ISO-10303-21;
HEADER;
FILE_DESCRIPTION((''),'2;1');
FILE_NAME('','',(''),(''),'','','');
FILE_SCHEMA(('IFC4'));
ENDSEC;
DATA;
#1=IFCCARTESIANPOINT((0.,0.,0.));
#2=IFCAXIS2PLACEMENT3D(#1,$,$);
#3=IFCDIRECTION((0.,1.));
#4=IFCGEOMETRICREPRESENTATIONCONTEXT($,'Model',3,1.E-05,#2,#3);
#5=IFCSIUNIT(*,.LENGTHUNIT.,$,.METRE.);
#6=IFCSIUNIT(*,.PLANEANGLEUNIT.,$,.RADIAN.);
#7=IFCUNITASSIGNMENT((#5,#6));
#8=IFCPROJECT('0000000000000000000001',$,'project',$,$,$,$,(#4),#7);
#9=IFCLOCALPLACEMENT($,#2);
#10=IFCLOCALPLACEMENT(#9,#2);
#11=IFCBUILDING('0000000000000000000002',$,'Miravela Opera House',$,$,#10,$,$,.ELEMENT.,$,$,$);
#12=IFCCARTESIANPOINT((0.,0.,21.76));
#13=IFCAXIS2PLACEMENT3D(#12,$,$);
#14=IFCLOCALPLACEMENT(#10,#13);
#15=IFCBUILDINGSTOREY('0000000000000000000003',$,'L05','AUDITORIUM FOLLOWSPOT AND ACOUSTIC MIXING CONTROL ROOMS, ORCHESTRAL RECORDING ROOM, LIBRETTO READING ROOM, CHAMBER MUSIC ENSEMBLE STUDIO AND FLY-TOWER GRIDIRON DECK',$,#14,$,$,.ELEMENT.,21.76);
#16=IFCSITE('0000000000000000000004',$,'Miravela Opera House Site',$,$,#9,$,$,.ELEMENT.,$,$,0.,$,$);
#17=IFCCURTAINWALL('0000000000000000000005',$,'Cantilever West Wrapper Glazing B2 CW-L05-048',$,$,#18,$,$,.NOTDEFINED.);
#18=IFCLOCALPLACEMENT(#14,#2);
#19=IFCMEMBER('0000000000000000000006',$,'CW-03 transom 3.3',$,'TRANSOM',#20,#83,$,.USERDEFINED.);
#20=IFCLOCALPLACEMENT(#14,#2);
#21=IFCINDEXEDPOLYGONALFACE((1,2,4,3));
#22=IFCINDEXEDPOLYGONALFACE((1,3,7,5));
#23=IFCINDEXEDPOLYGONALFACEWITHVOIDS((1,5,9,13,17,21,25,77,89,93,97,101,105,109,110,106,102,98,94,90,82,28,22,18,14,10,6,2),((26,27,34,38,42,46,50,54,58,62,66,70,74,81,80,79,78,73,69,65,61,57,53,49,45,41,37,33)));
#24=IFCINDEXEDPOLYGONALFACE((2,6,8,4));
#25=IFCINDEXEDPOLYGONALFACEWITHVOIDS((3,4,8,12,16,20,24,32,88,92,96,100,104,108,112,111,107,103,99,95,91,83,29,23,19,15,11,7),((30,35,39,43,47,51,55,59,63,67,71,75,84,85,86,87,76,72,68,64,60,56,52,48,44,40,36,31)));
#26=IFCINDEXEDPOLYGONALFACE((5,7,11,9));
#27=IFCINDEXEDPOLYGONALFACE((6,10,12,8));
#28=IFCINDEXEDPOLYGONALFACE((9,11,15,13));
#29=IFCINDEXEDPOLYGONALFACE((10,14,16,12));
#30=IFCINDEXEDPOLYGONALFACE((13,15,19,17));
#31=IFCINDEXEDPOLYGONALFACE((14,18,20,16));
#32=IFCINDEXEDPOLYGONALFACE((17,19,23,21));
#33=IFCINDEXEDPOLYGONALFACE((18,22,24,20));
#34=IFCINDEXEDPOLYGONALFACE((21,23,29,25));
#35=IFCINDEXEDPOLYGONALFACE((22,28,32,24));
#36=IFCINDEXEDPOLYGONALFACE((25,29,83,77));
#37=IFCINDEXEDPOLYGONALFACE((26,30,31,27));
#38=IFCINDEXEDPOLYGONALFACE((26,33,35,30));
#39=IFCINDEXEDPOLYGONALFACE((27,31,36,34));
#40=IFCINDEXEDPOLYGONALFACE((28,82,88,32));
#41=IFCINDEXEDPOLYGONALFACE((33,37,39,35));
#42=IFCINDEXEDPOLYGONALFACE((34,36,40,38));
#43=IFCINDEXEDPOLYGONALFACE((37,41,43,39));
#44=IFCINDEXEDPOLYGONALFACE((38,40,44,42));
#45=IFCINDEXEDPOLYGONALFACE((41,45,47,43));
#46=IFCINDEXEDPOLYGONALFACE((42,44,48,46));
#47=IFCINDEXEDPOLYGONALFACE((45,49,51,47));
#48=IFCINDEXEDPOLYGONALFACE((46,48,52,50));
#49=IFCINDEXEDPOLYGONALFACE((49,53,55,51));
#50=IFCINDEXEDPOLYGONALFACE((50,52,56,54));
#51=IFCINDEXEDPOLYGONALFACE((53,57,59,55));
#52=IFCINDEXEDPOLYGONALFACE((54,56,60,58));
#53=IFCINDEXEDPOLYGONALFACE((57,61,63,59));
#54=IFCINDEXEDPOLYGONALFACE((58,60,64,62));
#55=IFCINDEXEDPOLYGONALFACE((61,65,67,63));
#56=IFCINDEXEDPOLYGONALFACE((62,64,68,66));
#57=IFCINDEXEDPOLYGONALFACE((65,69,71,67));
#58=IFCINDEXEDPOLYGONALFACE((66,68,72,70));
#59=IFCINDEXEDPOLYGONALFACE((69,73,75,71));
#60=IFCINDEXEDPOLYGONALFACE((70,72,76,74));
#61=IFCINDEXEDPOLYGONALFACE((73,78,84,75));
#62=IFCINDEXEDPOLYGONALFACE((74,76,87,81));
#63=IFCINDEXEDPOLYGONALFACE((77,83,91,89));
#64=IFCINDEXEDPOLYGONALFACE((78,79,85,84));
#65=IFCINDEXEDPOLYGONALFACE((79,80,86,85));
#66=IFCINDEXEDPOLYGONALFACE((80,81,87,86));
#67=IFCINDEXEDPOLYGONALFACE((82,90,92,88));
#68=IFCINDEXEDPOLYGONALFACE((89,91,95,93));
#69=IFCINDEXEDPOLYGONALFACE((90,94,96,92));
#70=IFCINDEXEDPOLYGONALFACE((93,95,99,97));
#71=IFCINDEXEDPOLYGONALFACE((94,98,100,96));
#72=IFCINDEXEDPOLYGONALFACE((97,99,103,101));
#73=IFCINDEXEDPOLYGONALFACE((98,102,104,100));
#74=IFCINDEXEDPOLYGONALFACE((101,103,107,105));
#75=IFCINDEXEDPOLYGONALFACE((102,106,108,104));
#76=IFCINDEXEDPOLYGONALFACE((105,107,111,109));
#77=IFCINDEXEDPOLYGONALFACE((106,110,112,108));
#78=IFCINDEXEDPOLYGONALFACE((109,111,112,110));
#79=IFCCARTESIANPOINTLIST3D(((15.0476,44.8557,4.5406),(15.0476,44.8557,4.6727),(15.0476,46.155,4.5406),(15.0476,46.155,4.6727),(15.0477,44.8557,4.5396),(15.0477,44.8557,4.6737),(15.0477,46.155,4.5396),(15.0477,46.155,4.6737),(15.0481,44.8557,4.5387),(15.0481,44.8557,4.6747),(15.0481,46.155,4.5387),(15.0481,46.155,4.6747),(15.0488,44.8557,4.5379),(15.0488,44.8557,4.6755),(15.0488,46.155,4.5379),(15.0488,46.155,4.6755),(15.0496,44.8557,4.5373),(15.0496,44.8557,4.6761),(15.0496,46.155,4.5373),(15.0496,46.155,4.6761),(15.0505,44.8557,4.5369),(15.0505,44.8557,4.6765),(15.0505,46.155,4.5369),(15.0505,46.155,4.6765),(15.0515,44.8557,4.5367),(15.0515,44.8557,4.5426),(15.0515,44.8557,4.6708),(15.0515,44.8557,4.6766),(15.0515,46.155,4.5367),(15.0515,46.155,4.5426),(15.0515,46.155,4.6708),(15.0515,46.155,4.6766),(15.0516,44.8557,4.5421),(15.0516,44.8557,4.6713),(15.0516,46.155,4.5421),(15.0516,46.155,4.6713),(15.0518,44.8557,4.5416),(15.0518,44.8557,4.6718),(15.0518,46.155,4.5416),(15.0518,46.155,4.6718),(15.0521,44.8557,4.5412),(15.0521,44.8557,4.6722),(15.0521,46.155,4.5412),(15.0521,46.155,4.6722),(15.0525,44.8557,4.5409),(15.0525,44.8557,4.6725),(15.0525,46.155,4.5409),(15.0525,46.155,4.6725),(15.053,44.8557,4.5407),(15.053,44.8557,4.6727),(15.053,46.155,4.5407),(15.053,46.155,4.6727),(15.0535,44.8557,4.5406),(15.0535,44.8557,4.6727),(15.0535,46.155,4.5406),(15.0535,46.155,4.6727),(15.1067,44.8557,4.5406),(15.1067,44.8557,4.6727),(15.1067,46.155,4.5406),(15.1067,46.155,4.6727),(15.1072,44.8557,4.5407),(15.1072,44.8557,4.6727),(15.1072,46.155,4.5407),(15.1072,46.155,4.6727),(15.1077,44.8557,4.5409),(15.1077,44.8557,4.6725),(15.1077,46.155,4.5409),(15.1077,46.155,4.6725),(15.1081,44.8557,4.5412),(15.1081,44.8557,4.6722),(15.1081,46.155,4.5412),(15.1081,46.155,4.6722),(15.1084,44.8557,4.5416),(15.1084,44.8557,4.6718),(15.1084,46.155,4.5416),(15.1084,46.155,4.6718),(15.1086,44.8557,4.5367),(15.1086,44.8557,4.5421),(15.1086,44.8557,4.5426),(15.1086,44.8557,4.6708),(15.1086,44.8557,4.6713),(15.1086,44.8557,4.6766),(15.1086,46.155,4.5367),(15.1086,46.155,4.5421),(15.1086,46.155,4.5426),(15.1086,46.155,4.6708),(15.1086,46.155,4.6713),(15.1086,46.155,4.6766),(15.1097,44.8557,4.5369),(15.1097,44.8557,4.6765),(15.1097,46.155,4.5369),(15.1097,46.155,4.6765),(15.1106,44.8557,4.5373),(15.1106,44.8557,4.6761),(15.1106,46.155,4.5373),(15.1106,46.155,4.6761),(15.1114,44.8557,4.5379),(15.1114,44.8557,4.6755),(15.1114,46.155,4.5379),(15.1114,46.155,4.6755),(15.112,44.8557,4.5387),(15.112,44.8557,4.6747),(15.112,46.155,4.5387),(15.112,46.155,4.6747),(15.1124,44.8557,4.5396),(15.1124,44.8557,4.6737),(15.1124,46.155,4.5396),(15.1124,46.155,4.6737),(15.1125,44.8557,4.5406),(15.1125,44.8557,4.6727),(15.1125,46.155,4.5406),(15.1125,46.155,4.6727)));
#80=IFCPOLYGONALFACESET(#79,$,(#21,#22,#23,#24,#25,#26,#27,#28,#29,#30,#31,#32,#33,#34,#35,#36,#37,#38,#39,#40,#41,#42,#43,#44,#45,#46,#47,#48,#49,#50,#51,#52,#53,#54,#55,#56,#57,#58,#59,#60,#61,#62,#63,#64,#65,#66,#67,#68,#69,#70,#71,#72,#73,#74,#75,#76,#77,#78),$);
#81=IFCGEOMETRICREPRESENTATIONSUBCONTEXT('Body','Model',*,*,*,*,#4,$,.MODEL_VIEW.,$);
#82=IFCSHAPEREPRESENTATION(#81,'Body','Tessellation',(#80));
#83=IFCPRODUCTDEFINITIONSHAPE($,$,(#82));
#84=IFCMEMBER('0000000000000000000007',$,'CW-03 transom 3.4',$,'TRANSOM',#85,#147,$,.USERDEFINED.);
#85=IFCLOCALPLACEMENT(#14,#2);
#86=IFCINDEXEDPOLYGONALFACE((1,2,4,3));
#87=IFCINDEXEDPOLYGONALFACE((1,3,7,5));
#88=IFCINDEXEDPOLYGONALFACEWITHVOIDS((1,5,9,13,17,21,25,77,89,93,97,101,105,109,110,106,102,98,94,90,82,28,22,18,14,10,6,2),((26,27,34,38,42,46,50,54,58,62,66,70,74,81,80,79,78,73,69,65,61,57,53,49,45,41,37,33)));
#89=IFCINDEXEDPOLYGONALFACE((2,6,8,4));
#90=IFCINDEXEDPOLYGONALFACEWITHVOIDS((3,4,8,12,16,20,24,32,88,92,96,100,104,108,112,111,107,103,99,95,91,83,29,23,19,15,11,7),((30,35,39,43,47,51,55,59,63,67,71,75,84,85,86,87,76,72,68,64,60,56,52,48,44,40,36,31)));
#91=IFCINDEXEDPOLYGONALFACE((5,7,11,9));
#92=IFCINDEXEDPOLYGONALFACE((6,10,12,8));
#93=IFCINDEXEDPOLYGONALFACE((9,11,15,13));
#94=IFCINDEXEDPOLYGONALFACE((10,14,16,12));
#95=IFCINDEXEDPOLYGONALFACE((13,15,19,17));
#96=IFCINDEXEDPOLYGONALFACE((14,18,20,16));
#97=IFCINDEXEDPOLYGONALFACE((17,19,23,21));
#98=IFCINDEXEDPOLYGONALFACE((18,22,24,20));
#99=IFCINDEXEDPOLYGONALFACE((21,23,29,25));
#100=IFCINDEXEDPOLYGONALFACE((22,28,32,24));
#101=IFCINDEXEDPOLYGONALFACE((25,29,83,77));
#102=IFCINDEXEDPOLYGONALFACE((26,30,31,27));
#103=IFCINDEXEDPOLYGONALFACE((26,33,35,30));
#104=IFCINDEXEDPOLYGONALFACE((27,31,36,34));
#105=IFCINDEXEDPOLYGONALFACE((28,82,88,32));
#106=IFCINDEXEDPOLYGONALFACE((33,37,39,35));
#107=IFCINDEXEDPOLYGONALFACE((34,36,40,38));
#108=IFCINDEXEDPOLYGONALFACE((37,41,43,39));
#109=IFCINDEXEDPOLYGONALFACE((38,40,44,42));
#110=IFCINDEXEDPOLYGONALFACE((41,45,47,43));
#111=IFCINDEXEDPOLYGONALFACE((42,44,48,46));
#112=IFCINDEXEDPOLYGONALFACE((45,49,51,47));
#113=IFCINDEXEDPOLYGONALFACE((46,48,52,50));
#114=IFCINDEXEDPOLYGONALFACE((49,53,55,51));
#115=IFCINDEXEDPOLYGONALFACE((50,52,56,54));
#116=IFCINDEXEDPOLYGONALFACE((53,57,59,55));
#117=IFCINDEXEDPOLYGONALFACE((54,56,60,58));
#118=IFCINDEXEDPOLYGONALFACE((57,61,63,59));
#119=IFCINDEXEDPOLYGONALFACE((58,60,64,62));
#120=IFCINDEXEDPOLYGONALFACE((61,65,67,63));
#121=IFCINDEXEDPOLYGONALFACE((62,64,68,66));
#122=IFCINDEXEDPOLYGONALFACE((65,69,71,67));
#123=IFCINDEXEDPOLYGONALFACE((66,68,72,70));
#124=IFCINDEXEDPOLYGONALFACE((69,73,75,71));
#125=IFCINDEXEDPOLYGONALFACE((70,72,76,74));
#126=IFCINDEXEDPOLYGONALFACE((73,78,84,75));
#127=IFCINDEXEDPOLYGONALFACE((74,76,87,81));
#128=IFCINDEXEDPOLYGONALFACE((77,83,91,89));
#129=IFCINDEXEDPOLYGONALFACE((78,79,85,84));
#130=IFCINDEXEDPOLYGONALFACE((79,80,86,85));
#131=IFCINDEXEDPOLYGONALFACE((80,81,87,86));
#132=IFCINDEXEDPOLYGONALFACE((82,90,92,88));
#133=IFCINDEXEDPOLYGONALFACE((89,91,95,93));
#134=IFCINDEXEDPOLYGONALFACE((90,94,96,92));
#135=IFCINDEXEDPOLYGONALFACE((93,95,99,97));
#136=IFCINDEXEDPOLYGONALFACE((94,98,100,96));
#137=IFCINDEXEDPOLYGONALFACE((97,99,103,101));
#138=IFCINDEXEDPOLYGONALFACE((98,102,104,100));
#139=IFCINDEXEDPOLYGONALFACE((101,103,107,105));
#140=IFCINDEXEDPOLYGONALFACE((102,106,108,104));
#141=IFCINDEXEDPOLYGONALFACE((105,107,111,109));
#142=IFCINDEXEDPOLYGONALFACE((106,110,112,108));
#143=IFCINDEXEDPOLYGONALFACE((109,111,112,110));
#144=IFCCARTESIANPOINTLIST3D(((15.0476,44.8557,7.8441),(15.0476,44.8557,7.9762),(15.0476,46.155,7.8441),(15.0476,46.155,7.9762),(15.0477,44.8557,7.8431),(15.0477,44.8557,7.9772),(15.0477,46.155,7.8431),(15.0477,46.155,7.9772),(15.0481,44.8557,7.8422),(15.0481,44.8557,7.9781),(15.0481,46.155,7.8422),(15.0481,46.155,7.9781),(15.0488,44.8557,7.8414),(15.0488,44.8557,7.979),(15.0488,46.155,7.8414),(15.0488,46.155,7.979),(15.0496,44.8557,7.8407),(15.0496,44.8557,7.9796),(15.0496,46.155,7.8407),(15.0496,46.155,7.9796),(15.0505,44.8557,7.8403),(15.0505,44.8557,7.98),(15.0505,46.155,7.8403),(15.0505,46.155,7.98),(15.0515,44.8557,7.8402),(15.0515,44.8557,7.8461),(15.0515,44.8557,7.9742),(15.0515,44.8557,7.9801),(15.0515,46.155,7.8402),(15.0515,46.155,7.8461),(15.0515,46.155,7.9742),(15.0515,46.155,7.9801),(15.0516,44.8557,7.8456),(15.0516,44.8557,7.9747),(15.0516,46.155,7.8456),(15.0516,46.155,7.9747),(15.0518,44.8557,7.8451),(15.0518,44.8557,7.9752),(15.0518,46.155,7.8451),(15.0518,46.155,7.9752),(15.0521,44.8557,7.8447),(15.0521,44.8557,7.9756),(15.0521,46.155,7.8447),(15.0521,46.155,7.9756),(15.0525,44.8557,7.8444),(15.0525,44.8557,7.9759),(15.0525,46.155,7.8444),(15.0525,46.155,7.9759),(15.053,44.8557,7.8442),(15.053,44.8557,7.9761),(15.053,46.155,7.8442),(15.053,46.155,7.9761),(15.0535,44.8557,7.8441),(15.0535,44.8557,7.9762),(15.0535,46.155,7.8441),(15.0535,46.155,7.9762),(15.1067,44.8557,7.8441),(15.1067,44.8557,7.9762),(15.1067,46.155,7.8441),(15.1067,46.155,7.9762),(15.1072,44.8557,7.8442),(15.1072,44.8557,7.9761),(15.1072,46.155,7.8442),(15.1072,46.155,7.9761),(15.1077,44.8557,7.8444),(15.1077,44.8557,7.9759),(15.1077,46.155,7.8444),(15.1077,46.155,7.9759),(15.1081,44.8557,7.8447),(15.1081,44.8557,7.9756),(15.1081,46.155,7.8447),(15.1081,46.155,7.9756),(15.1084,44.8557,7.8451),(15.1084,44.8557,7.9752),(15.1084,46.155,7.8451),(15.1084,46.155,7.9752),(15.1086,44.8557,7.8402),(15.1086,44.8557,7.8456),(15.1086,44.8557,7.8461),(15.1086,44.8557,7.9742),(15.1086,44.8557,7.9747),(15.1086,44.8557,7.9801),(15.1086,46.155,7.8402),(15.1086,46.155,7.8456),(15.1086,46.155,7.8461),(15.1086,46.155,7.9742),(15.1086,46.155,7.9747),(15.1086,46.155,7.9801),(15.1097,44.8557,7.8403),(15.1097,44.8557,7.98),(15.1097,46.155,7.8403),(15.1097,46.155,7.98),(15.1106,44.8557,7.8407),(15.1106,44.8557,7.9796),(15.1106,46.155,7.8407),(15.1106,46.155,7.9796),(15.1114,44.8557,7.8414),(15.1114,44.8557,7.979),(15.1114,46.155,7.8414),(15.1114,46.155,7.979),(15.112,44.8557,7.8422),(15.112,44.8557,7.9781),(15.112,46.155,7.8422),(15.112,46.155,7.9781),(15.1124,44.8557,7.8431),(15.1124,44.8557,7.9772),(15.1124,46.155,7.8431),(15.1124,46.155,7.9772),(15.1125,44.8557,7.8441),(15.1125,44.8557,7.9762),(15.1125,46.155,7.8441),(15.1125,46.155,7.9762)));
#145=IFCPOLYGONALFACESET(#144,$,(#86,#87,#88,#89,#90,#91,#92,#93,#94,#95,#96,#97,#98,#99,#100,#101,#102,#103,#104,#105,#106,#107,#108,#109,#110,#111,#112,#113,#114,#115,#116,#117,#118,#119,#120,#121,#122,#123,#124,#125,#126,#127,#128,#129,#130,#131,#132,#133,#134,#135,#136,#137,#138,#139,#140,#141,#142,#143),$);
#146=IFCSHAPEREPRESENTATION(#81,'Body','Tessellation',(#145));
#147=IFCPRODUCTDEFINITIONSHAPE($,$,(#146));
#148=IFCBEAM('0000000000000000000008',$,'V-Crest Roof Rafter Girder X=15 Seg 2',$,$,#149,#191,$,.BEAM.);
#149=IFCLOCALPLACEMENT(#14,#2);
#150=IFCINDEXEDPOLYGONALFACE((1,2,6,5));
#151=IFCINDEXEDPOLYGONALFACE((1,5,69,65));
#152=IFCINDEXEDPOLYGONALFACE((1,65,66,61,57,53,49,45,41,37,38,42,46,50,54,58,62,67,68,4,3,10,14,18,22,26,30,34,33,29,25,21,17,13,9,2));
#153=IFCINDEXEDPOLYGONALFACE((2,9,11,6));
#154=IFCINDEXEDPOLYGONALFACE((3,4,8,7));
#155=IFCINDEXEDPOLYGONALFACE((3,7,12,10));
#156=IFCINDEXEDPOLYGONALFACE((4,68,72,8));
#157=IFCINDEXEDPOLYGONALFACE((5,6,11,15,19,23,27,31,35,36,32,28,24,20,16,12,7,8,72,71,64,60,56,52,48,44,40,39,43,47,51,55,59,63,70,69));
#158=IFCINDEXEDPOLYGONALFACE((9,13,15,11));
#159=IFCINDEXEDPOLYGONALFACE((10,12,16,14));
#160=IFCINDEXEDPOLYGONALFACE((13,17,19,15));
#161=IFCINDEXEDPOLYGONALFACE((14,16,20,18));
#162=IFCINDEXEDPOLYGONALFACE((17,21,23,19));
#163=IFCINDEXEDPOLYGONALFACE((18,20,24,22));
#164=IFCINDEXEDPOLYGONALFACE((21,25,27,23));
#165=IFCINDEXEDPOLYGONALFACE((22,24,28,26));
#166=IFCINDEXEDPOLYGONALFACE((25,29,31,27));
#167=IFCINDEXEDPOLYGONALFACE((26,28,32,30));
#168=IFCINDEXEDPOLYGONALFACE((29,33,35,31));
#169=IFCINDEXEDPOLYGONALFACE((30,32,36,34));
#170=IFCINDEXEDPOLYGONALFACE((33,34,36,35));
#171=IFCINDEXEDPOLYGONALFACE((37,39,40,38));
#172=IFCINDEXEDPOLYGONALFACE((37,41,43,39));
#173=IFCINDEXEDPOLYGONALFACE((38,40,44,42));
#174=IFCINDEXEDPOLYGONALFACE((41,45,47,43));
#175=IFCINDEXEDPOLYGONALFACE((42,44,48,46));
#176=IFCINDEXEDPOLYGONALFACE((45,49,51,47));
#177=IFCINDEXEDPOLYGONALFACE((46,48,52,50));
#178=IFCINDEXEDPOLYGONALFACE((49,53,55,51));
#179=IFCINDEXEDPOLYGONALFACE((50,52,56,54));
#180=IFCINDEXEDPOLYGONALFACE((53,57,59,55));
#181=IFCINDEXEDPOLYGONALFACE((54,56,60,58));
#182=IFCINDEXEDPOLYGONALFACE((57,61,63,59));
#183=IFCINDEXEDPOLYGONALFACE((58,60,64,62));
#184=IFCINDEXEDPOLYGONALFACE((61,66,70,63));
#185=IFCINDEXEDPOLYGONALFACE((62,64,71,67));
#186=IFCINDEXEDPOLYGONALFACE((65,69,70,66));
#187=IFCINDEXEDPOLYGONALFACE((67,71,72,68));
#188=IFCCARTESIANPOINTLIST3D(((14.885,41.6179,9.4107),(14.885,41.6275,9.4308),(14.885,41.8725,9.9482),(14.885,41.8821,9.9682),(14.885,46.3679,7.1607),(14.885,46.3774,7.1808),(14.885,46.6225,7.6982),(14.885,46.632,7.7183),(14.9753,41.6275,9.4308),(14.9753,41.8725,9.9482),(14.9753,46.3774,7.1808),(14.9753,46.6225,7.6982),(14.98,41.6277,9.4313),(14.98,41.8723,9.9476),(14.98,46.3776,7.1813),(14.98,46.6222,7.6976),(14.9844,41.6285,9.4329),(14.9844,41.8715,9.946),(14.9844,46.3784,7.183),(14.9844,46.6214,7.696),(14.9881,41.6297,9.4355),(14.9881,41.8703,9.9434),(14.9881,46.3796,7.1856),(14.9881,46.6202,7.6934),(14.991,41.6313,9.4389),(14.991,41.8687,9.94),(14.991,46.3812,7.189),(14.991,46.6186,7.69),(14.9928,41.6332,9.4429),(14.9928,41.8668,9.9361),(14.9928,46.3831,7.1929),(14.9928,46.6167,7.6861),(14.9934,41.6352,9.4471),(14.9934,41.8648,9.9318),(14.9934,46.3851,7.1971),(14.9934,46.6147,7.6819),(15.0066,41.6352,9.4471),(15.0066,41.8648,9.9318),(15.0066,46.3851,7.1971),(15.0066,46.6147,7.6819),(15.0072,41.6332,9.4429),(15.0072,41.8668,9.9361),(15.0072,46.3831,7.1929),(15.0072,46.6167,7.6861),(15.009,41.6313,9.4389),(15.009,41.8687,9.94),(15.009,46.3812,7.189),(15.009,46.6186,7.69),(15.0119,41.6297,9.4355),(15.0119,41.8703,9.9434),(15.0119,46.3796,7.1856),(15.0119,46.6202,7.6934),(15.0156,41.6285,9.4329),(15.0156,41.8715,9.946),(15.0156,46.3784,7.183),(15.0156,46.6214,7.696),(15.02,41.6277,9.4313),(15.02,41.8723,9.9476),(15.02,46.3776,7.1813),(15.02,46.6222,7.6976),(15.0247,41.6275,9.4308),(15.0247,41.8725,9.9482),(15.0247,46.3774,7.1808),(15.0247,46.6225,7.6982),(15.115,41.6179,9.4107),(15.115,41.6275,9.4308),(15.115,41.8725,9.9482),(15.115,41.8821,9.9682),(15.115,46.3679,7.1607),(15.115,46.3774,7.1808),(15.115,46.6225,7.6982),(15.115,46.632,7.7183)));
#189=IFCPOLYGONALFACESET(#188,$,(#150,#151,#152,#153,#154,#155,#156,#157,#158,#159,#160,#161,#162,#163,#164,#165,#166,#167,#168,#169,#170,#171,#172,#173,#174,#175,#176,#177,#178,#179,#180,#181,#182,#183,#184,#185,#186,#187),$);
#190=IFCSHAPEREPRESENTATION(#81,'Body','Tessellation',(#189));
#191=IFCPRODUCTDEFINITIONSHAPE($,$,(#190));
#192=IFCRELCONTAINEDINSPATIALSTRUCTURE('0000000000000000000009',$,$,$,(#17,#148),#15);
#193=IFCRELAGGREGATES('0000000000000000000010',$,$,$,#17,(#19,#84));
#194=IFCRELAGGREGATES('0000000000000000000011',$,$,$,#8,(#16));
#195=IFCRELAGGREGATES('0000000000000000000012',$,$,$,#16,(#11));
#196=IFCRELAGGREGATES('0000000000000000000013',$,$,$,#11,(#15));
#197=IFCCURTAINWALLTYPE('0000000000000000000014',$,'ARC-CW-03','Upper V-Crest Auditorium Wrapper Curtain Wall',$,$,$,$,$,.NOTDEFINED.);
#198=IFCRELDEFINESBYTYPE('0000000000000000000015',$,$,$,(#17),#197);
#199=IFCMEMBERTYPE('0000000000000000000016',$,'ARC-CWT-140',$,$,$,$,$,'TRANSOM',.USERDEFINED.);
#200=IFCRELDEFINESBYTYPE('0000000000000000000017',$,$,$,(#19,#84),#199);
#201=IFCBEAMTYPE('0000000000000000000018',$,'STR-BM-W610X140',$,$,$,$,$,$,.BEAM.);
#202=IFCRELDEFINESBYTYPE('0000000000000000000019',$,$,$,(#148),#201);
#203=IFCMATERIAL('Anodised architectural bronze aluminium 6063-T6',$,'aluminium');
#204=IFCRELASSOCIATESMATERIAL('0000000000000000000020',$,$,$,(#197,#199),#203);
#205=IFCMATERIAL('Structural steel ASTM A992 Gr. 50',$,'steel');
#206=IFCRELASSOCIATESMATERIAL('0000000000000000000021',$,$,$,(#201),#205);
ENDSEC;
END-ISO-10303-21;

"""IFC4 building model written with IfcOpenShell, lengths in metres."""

from ifc_helpers import new_model, si_unit, direction, frame, origin, origin_2d, place, context, subcontext, project, spatial, hollow_rectangle, i_section, extrude, material, material_profile, profile_set, type_object, element, aggregate, save


model = new_model("IFC4")

# Units and contexts
model_context = context("Model", 3, precision=1e-05, world=origin(), true_north=direction((0.0, 1.0)))
body_context = subcontext(model_context, "Body", "Model", "MODEL_VIEW")
ifc_project = project(units=[si_unit("LENGTHUNIT", "METRE"), si_unit("PLANEANGLEUNIT", "RADIAN")], contexts=[model_context])

# Site, building, storey
site_placement = place(None, origin())
site = spatial("IfcSite", under=ifc_project, at=site_placement, Name="Miravela Opera House Site", CompositionType="ELEMENT", RefElevation=0.0)
building_placement = place(site_placement, origin())
building = spatial("IfcBuilding", under=site, at=building_placement, Name="Miravela Opera House", CompositionType="ELEMENT")
storey_placement = place(building_placement, frame((0.0, 0.0, 21.76)))
storey = spatial("IfcBuildingStorey", under=building, at=storey_placement, Name="L05", Description="AUDITORIUM FOLLOWSPOT AND ACOUSTIC MIXING CONTROL ROOMS, ORCHESTRAL RECORDING ROOM, LIBRETTO READING ROOM, CHAMBER MUSIC ENSEMBLE STUDIO AND FLY-TOWER GRIDIRON DECK", CompositionType="ELEMENT", Elevation=21.76)

# Curtain wall, members
ifc_material_1 = material(Name="Anodised architectural bronze aluminium 6063-T6", Category="aluminium")
curtain_wall_type = type_object("IfcCurtainWallType", Name="ARC-CW-03", Description="Upper V-Crest Auditorium Wrapper Curtain Wall", PredefinedType="NOTDEFINED", material=ifc_material_1)
ifc_material_profile_1 = material_profile(ifc_material_1, hollow_rectangle(XDim=0.0649, YDim=0.1399, WallThickness=0.0039, InnerFilletRadius=0.002, OuterFilletRadius=0.0039, at=origin_2d()), Name="CWT-65X140")
ifc_profile_set_1 = profile_set([ifc_material_profile_1])
member_type_1 = type_object("IfcMemberType", Name="ARC-CWT-140", ElementType="TRANSOM", PredefinedType="USERDEFINED", material=ifc_profile_set_1)
curtain_wall_1_placement = place(storey_placement, origin())
curtain_wall_1 = element("IfcCurtainWall", 1, at=curtain_wall_1_placement, inside=storey, type_object=curtain_wall_type, Name="Cantilever West Wrapper Glazing B2 CW-L05-048", PredefinedType="NOTDEFINED")
member_1_placement = place(storey_placement, frame((15.0801, 44.8557, 4.6067), z_axis=(0.0, 1.0, 0.0), x_axis=(-1.0, 0.0, 0.0)))
member_1 = element("IfcMember", 2, at=member_1_placement, type_object=member_type_1, Name="CW-03 transom 3.3", ObjectType="TRANSOM", PredefinedType="USERDEFINED", context=body_context, shape_type="SweptSolid", body=[
    extrude(hollow_rectangle(XDim=0.0649, YDim=0.1399, WallThickness=0.0039, InnerFilletRadius=0.002, OuterFilletRadius=0.0039, at=origin_2d()), origin(), (0.0, 0.0, 1.0), 1.2993),
])
member_2_placement = place(storey_placement, frame((15.0801, 44.8557, 7.9102), z_axis=(0.0, 1.0, 0.0), x_axis=(-1.0, 0.0, 0.0)))
member_2 = element("IfcMember", 3, at=member_2_placement, type_object=member_type_1, Name="CW-03 transom 3.4", ObjectType="TRANSOM", PredefinedType="USERDEFINED", context=body_context, shape_type="SweptSolid", body=[
    extrude(hollow_rectangle(XDim=0.0649, YDim=0.1399, WallThickness=0.0039, InnerFilletRadius=0.002, OuterFilletRadius=0.0039, at=origin_2d()), origin(), (0.0, 0.0, 1.0), 1.2993),
])

# Beam
ifc_material_2 = material(Name="Structural steel ASTM A992 Gr. 50", Category="steel")
ifc_material_profile_2 = material_profile(ifc_material_2, i_section(OverallWidth=0.23, OverallDepth=0.6169, WebThickness=0.0132, FlangeThickness=0.0222, FilletRadius=0.0181, at=origin_2d()), Name="W610X140")
ifc_profile_set_2 = profile_set([ifc_material_profile_2])
beam_type = type_object("IfcBeamType", Name="STR-BM-W610X140", PredefinedType="BEAM", material=ifc_profile_set_2)
beam_placement = place(storey_placement, frame((15.0, 41.75, 9.6895), z_axis=(0.0, 0.903738, -0.428086), x_axis=(-1.0, 0.0, 0.0)))
element("IfcBeam", 4, at=beam_placement, inside=storey, type_object=beam_type, Name="V-Crest Roof Rafter Girder X=15 Seg 2", PredefinedType="BEAM", context=body_context, shape_type="SweptSolid", body=[
    extrude(i_section(OverallWidth=0.23, OverallDepth=0.6169, WebThickness=0.0132, FlangeThickness=0.0222, FilletRadius=0.0181, at=origin_2d()), origin(), (0.0, 0.0, 1.0), 5.2559),
])

aggregate(curtain_wall_1, [member_1, member_2])

save(model, "model.ifc")
